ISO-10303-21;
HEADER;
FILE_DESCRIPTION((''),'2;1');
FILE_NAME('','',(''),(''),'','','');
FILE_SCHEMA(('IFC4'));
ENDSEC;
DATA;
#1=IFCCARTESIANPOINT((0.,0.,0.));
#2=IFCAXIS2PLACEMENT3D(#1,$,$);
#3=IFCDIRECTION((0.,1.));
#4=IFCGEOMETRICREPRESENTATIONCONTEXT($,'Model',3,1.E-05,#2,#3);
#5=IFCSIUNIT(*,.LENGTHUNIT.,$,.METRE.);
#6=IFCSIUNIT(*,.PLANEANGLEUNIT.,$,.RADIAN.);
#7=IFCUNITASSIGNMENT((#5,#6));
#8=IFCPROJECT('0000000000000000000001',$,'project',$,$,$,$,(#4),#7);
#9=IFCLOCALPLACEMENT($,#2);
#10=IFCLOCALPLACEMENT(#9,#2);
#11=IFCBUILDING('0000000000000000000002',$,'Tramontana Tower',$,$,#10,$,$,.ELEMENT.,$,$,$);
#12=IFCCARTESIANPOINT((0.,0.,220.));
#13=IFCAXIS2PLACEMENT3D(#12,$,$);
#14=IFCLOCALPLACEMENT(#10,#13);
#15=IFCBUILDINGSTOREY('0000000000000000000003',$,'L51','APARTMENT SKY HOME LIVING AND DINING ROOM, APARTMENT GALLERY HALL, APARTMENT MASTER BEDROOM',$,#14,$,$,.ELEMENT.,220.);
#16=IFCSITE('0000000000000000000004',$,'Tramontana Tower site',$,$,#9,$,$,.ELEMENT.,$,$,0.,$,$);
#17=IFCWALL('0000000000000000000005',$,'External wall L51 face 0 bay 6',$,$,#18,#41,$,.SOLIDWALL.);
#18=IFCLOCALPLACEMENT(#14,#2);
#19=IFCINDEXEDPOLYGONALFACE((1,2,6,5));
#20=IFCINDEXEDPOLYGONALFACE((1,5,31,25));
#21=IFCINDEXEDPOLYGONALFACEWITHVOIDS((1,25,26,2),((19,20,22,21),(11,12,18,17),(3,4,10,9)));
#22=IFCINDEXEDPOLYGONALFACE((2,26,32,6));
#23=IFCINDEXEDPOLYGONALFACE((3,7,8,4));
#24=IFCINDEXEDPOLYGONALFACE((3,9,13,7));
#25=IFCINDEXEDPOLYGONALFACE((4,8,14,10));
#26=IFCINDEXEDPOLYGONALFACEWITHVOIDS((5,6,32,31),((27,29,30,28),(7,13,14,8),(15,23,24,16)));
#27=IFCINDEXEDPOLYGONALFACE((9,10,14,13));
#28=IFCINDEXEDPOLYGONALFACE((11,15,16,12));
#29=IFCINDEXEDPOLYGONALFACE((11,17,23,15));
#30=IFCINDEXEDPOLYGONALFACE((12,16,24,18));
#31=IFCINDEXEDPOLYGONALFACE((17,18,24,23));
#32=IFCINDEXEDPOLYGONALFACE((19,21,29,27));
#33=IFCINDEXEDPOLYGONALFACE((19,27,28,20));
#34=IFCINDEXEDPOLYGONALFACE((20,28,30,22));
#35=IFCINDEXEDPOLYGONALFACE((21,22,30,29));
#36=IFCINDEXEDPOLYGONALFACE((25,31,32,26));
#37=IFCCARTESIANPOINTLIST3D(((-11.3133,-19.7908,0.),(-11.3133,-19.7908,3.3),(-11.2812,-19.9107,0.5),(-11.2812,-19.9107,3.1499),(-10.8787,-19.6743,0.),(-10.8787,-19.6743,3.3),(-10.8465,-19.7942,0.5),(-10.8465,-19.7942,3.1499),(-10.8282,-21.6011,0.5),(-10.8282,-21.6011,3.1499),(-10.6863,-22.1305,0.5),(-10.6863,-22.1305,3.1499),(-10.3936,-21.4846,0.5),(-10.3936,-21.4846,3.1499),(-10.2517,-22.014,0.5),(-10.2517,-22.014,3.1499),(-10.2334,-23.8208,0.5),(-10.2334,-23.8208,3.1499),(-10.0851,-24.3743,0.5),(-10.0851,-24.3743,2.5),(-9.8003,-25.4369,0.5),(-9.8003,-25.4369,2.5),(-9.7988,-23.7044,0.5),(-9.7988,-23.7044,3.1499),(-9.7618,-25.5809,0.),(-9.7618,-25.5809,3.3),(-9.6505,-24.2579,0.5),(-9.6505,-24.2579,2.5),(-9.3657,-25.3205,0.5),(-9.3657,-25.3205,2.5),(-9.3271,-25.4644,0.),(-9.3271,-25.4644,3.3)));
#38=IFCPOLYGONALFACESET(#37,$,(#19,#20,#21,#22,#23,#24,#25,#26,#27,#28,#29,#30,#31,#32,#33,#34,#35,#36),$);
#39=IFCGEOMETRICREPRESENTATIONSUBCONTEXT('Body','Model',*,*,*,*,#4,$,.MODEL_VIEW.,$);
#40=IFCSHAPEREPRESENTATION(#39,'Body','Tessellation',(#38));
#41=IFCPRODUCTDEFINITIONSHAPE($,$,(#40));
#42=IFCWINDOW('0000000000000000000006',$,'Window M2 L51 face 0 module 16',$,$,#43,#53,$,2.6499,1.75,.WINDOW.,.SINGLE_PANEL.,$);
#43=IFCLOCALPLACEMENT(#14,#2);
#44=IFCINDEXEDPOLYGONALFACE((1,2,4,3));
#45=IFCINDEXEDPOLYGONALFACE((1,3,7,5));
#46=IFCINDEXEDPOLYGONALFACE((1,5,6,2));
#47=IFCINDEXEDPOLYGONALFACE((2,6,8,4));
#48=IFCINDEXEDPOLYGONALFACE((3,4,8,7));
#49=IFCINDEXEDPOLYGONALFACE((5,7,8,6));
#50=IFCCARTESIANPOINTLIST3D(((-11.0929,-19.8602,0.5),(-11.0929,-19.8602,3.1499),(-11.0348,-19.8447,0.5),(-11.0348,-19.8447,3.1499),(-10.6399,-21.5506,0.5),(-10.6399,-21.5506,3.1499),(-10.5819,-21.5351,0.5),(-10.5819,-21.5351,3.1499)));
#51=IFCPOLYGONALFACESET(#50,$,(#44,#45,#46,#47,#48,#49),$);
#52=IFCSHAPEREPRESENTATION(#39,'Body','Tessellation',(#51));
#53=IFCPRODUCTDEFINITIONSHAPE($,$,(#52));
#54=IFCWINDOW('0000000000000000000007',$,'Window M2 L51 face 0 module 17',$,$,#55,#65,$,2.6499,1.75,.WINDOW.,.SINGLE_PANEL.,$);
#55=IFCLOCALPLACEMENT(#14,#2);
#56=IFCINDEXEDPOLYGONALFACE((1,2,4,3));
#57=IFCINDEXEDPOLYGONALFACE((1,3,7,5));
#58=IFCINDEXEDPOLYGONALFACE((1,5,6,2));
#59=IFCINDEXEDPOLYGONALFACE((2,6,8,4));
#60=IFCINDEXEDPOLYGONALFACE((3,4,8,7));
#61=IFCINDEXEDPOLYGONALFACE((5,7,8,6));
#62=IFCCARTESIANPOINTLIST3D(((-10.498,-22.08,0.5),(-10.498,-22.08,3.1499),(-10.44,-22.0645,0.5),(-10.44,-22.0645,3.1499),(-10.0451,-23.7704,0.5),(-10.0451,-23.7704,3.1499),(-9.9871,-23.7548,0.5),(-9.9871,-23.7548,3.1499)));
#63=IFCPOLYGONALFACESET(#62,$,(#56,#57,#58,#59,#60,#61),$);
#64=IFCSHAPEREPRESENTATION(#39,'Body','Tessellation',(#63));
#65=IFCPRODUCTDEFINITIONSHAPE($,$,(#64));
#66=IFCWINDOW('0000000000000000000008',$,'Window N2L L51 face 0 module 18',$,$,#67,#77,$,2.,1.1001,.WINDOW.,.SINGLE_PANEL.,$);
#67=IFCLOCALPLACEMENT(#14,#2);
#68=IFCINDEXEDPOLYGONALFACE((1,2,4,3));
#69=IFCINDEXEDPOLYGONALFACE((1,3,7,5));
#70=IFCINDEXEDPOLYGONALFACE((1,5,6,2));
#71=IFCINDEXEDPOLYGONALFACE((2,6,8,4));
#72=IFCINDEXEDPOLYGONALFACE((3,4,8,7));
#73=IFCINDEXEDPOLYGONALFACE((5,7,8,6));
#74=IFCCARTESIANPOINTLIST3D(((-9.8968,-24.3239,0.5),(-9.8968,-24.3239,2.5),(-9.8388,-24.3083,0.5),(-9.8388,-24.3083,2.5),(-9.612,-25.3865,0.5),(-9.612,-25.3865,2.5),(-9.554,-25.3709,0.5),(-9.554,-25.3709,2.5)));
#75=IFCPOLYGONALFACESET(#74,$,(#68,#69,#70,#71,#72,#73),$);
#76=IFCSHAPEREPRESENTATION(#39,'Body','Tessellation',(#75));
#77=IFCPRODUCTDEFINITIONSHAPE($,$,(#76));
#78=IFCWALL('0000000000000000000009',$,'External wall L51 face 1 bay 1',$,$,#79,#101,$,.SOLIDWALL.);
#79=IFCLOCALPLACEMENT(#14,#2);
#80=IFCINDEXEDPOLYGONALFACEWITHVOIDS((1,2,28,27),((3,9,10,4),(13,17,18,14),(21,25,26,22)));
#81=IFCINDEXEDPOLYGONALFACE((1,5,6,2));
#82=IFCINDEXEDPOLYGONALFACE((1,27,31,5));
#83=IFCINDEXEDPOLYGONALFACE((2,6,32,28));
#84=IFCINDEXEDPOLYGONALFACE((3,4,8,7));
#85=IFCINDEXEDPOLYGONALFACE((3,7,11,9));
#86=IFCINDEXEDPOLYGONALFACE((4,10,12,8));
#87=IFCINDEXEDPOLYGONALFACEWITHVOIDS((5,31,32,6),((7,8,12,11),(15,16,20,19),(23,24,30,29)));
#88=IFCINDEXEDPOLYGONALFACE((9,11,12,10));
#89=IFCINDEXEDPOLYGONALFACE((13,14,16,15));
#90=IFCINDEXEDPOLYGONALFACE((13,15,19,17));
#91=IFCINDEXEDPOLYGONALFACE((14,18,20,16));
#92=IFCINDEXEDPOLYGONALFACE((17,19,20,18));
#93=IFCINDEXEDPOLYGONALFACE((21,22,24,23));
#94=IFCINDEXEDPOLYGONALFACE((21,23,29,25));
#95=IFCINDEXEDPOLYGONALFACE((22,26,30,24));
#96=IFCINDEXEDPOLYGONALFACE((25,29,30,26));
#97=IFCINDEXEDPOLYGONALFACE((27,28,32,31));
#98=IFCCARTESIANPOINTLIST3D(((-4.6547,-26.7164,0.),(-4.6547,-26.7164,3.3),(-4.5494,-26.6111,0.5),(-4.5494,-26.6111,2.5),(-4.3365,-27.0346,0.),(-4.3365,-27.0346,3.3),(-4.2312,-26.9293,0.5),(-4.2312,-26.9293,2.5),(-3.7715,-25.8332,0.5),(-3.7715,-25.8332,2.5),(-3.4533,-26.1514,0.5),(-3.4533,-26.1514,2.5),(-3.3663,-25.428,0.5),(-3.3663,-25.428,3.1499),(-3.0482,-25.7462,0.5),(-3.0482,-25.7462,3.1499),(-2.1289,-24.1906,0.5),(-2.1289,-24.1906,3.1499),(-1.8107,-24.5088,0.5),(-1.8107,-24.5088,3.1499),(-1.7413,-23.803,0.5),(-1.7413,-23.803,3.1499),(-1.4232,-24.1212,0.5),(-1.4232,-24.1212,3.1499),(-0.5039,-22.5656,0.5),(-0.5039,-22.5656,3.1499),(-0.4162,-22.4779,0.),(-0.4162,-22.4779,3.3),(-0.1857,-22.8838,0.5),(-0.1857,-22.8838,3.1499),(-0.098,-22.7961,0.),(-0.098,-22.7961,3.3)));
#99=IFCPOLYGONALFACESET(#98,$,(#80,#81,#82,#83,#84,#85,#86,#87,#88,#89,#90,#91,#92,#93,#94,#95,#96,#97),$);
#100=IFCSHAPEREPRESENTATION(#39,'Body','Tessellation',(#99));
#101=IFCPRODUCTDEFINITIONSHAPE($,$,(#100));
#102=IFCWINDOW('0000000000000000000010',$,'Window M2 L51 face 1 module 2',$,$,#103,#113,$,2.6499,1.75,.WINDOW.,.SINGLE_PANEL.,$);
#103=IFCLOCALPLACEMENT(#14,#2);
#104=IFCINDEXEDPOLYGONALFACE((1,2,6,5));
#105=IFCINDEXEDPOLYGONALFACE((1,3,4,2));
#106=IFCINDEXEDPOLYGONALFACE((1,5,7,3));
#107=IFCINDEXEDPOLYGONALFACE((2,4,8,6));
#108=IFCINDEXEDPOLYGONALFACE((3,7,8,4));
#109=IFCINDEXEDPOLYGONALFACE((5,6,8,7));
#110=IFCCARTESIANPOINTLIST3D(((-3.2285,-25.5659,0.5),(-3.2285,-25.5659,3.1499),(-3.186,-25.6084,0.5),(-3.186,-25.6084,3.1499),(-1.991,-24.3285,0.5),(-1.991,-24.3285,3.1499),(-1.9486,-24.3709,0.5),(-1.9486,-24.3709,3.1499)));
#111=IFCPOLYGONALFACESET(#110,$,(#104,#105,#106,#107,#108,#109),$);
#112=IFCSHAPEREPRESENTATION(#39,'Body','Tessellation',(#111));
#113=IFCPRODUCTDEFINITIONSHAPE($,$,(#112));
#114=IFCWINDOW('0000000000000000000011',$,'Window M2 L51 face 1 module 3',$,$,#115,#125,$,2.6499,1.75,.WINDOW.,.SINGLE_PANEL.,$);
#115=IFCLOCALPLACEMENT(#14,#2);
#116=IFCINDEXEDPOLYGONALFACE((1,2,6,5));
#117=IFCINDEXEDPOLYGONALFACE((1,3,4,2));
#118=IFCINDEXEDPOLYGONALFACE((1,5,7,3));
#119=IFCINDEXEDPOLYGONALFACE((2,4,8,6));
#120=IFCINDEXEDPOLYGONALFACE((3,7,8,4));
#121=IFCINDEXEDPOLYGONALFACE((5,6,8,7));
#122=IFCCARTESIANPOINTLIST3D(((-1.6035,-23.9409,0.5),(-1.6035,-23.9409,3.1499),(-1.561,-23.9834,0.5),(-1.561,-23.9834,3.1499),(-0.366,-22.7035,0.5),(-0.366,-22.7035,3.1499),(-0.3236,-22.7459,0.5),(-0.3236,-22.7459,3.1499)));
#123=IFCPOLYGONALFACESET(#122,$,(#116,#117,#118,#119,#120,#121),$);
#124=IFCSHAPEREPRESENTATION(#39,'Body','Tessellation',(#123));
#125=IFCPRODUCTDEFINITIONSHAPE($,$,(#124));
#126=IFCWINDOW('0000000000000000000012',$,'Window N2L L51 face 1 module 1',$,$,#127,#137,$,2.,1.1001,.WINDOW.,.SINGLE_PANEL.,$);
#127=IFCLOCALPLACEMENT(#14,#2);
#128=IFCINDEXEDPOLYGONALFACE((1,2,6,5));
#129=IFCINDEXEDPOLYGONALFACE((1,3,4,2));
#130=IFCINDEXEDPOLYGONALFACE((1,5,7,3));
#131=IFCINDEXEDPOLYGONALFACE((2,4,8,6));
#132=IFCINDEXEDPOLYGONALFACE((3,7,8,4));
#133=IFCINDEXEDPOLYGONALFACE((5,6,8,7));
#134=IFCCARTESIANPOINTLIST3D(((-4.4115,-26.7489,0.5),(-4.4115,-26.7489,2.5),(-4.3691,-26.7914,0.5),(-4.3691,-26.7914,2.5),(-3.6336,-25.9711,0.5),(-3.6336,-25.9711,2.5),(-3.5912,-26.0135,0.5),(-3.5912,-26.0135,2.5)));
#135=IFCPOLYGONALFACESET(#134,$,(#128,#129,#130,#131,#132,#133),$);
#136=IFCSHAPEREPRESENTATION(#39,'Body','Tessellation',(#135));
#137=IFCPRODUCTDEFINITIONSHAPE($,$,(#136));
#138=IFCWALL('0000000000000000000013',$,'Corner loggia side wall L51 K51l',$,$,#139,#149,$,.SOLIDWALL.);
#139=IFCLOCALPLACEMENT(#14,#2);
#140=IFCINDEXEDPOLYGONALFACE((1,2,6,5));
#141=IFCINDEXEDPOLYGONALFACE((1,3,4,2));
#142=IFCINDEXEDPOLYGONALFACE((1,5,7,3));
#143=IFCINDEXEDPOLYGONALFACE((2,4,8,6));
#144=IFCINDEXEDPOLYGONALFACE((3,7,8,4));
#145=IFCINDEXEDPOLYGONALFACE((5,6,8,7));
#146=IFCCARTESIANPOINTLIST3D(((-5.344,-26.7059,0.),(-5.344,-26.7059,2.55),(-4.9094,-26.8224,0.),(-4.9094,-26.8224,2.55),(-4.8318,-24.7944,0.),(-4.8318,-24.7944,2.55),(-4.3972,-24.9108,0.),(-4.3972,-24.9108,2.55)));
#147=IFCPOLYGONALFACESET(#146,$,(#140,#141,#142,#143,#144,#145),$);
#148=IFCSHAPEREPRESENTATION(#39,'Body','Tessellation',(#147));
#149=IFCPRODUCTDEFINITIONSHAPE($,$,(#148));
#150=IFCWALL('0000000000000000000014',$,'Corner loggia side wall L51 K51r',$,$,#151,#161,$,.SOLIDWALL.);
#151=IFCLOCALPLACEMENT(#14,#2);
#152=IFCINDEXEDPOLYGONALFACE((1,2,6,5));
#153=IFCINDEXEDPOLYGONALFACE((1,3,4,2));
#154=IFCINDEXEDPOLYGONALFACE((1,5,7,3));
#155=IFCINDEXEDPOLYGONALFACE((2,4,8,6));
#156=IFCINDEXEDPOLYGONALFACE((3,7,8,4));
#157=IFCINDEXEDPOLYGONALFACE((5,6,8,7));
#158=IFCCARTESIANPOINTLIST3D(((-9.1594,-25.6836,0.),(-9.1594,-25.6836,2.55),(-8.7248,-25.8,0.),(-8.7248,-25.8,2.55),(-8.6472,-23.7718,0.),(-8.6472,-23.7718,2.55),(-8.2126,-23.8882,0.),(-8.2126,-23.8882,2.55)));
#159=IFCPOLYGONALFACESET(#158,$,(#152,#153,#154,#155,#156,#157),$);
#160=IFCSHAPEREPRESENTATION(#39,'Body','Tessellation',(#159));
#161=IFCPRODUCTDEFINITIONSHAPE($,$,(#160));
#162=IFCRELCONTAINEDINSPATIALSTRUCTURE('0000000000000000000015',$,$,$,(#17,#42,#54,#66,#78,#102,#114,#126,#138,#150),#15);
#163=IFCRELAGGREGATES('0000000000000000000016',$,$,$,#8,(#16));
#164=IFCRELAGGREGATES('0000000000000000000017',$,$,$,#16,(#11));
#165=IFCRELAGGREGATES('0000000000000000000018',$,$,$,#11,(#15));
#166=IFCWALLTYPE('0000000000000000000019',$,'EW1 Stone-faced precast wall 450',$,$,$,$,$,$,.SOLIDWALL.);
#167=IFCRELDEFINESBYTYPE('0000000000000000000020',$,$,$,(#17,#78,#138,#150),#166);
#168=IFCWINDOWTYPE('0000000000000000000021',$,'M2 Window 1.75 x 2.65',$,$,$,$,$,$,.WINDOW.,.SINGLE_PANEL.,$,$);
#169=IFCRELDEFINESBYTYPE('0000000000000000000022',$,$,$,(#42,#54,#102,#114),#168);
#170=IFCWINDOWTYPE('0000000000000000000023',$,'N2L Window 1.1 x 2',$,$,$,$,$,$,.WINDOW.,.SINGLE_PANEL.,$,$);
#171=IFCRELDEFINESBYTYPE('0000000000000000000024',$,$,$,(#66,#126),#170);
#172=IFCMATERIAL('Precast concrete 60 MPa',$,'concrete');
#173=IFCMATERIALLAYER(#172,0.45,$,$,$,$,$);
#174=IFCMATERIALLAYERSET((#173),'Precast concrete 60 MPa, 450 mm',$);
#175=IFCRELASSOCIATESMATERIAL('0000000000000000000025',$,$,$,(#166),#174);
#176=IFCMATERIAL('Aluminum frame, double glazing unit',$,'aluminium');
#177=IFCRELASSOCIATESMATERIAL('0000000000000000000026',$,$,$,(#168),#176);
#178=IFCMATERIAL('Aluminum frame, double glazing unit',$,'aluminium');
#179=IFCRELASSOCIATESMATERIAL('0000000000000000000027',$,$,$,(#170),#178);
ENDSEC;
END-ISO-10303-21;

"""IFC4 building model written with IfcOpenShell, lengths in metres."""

from ifc_helpers import new_model, si_unit, direction, frame, frame_2d, origin, place, context, subcontext, project, spatial, rectangle, extrude, material, layer, layer_set, type_object, element, fill, save


model = new_model("IFC4")

# Units and contexts
model_context = context("Model", 3, precision=1e-05, world=origin(), true_north=direction((0.0, 1.0)))
body_context = subcontext(model_context, "Body", "Model", "MODEL_VIEW")
ifc_project = project(units=[si_unit("LENGTHUNIT", "METRE"), si_unit("PLANEANGLEUNIT", "RADIAN")], contexts=[model_context])

# Site, building, storey
site_placement = place(None, origin())
site = spatial("IfcSite", under=ifc_project, at=site_placement, Name="Tramontana Tower site", CompositionType="ELEMENT", RefElevation=0.0)
building_placement = place(site_placement, origin())
building = spatial("IfcBuilding", under=site, at=building_placement, Name="Tramontana Tower", CompositionType="ELEMENT")
storey_placement = place(building_placement, frame((0.0, 0.0, 220.0)))
storey = spatial("IfcBuildingStorey", under=building, at=storey_placement, Name="L51", Description="APARTMENT SKY HOME LIVING AND DINING ROOM, APARTMENT GALLERY HALL, APARTMENT MASTER BEDROOM", CompositionType="ELEMENT", Elevation=220.0)

# Walls, openings, windows
ifc_material_1 = material(Name="Precast concrete 60 MPa", Category="concrete")
ifc_layer_1 = layer(ifc_material_1, 0.45)
ifc_layer_set_1 = layer_set([ifc_layer_1], Name="Precast concrete 60 MPa, 450 mm")
wall_type_1 = type_object("IfcWallType", Name="EW1 Stone-faced precast wall 450", PredefinedType="SOLIDWALL", material=ifc_layer_set_1)
wall_1_placement = place(storey_placement, frame((-11.0959, -19.7327, 0.0), z_axis=(0.0, 0.0, 1.0), x_axis=(0.258831, -0.965923, 0.0)))
wall_1 = element("IfcWall", 1, at=wall_1_placement, inside=storey, type_object=wall_type_1, Name="External wall L51 face 0 bay 6", PredefinedType="SOLIDWALL", context=body_context, shape_type="SweptSolid", body=[
    extrude(rectangle(XDim=5.9944, YDim=0.45, at=frame_2d((2.9971, 0.0))), origin(), (0.0, 0.0, 1.0), 3.3),
])
opening_1_placement = place(wall_1_placement, frame((0.124, 0.0, 0.5)))
opening_1 = element("IfcOpeningElement", 2, at=opening_1_placement, cuts=wall_1, PredefinedType="OPENING", context=body_context, shape_type="SweptSolid", body=[
    extrude(rectangle(XDim=1.75, YDim=2.6499, at=frame_2d((0.875, 1.325))), frame((0.0, 0.2349, 0.0), z_axis=(0.0, -1.0, 0.0), x_axis=(1.0, 0.0, 0.0)), (0.0, 0.0, 1.0), 0.47),
])
opening_2_placement = place(wall_1_placement, frame((2.4221, 0.0, 0.5)))
opening_2 = element("IfcOpeningElement", 3, at=opening_2_placement, cuts=wall_1, PredefinedType="OPENING", context=body_context, shape_type="SweptSolid", body=[
    extrude(rectangle(XDim=1.75, YDim=2.6499, at=frame_2d((0.875, 1.325))), frame((0.0, 0.2349, 0.0), z_axis=(0.0, -1.0, 0.0), x_axis=(1.0, 0.0, 0.0)), (0.0, 0.0, 1.0), 0.47),
])
opening_3_placement = place(wall_1_placement, frame((4.7451, 0.0, 0.5)))
opening_3 = element("IfcOpeningElement", 4, at=opening_3_placement, cuts=wall_1, PredefinedType="OPENING", context=body_context, shape_type="SweptSolid", body=[
    extrude(rectangle(XDim=1.1001, YDim=2.0, at=frame_2d((0.55, 1.0))), frame((0.0, 0.2349, 0.0), z_axis=(0.0, -1.0, 0.0), x_axis=(1.0, 0.0, 0.0)), (0.0, 0.0, 1.0), 0.47),
])
ifc_material_2 = material(Name="Aluminum frame, double glazing unit", Category="aluminium")
window_type_1 = type_object("IfcWindowType", Name="M2 Window 1.75 x 2.65", PartitioningType="SINGLE_PANEL", PredefinedType="WINDOW", material=ifc_material_2)
window_1_placement = place(opening_1_placement, origin())
window_1 = element("IfcWindow", 5, at=window_1_placement, inside=storey, type_object=window_type_1, Name="Window M2 L51 face 0 module 16", OverallHeight=2.6499, OverallWidth=1.75, PartitioningType="SINGLE_PANEL", PredefinedType="WINDOW", context=body_context, shape_type="SweptSolid", body=[
    extrude(rectangle(XDim=1.75, YDim=2.6499, at=frame_2d((0.875, 1.325))), frame((0.0, 0.03, 0.0), z_axis=(0.0, -1.0, 0.0), x_axis=(1.0, 0.0, 0.0)), (0.0, 0.0, 1.0), 0.0601),
])
fill(opening_1, window_1)
window_2_placement = place(opening_2_placement, origin())
window_2 = element("IfcWindow", 6, at=window_2_placement, inside=storey, type_object=window_type_1, Name="Window M2 L51 face 0 module 17", OverallHeight=2.6499, OverallWidth=1.75, PartitioningType="SINGLE_PANEL", PredefinedType="WINDOW", context=body_context, shape_type="SweptSolid", body=[
    extrude(rectangle(XDim=1.75, YDim=2.6499, at=frame_2d((0.875, 1.325))), frame((0.0, 0.03, 0.0), z_axis=(0.0, -1.0, 0.0), x_axis=(1.0, 0.0, 0.0)), (0.0, 0.0, 1.0), 0.0601),
])
fill(opening_2, window_2)
ifc_material_3 = material(Name="Aluminum frame, double glazing unit", Category="aluminium")
window_type_2 = type_object("IfcWindowType", Name="N2L Window 1.1 x 2", PartitioningType="SINGLE_PANEL", PredefinedType="WINDOW", material=ifc_material_3)
window_3_placement = place(opening_3_placement, origin())
window_3 = element("IfcWindow", 7, at=window_3_placement, inside=storey, type_object=window_type_2, Name="Window N2L L51 face 0 module 18", OverallHeight=2.0, OverallWidth=1.1001, PartitioningType="SINGLE_PANEL", PredefinedType="WINDOW", context=body_context, shape_type="SweptSolid", body=[
    extrude(rectangle(XDim=1.1001, YDim=2.0, at=frame_2d((0.55, 1.0))), frame((0.0, 0.03, 0.0), z_axis=(0.0, -1.0, 0.0), x_axis=(1.0, 0.0, 0.0)), (0.0, 0.0, 1.0), 0.0601),
])
fill(opening_3, window_3)
wall_2_placement = place(storey_placement, frame((-4.4956, -26.8755, 0.0), z_axis=(0.0, 0.0, 1.0), x_axis=(0.707107, 0.707107, 0.0)))
wall_2 = element("IfcWall", 8, at=wall_2_placement, inside=storey, type_object=wall_type_1, Name="External wall L51 face 1 bay 1", PredefinedType="SOLIDWALL", context=body_context, shape_type="SweptSolid", body=[
    extrude(rectangle(XDim=5.9941, YDim=0.45, at=frame_2d((2.9971, 0.0))), origin(), (0.0, 0.0, 1.0), 3.3),
])
opening_4_placement = place(wall_2_placement, frame((0.1489, 0.0, 0.5)))
opening_4 = element("IfcOpeningElement", 9, at=opening_4_placement, cuts=wall_2, PredefinedType="OPENING", context=body_context, shape_type="SweptSolid", body=[
    extrude(rectangle(XDim=1.1001, YDim=2.0, at=frame_2d((0.55, 1.0))), frame((0.0, 0.2349, 0.0), z_axis=(0.0, -1.0, 0.0), x_axis=(1.0, 0.0, 0.0)), (0.0, 0.0, 1.0), 0.47),
])
opening_5_placement = place(wall_2_placement, frame((1.822, 0.0, 0.5)))
opening_5 = element("IfcOpeningElement", 10, at=opening_5_placement, cuts=wall_2, PredefinedType="OPENING", context=body_context, shape_type="SweptSolid", body=[
    extrude(rectangle(XDim=1.75, YDim=2.6499, at=frame_2d((0.875, 1.325))), frame((0.0, 0.2349, 0.0), z_axis=(0.0, -1.0, 0.0), x_axis=(1.0, 0.0, 0.0)), (0.0, 0.0, 1.0), 0.47),
])
opening_6_placement = place(wall_2_placement, frame((4.1201, 0.0, 0.5)))
opening_6 = element("IfcOpeningElement", 11, at=opening_6_placement, cuts=wall_2, PredefinedType="OPENING", context=body_context, shape_type="SweptSolid", body=[
    extrude(rectangle(XDim=1.75, YDim=2.6499, at=frame_2d((0.875, 1.325))), frame((0.0, 0.2349, 0.0), z_axis=(0.0, -1.0, 0.0), x_axis=(1.0, 0.0, 0.0)), (0.0, 0.0, 1.0), 0.47),
])
window_4_placement = place(opening_5_placement, origin())
window_4 = element("IfcWindow", 12, at=window_4_placement, inside=storey, type_object=window_type_1, Name="Window M2 L51 face 1 module 2", OverallHeight=2.6499, OverallWidth=1.75, PartitioningType="SINGLE_PANEL", PredefinedType="WINDOW", context=body_context, shape_type="SweptSolid", body=[
    extrude(rectangle(XDim=1.75, YDim=2.6499, at=frame_2d((0.875, 1.325))), frame((0.0, 0.03, 0.0), z_axis=(0.0, -1.0, 0.0), x_axis=(1.0, 0.0, 0.0)), (0.0, 0.0, 1.0), 0.0601),
])
fill(opening_5, window_4)
window_5_placement = place(opening_6_placement, origin())
window_5 = element("IfcWindow", 13, at=window_5_placement, inside=storey, type_object=window_type_1, Name="Window M2 L51 face 1 module 3", OverallHeight=2.6499, OverallWidth=1.75, PartitioningType="SINGLE_PANEL", PredefinedType="WINDOW", context=body_context, shape_type="SweptSolid", body=[
    extrude(rectangle(XDim=1.75, YDim=2.6499, at=frame_2d((0.875, 1.325))), frame((0.0, 0.03, 0.0), z_axis=(0.0, -1.0, 0.0), x_axis=(1.0, 0.0, 0.0)), (0.0, 0.0, 1.0), 0.0601),
])
fill(opening_6, window_5)
window_6_placement = place(opening_4_placement, origin())
window_6 = element("IfcWindow", 14, at=window_6_placement, inside=storey, type_object=window_type_2, Name="Window N2L L51 face 1 module 1", OverallHeight=2.0, OverallWidth=1.1001, PartitioningType="SINGLE_PANEL", PredefinedType="WINDOW", context=body_context, shape_type="SweptSolid", body=[
    extrude(rectangle(XDim=1.1001, YDim=2.0, at=frame_2d((0.55, 1.0))), frame((0.0, 0.03, 0.0), z_axis=(0.0, -1.0, 0.0), x_axis=(1.0, 0.0, 0.0)), (0.0, 0.0, 1.0), 0.0601),
])
fill(opening_4, window_6)

# Walls
wall_3_placement = place(storey_placement, frame((-5.1267, -26.7642, 0.0), z_axis=(0.0, 0.0, 1.0), x_axis=(0.258814, 0.965927, 0.0)))
element("IfcWall", 15, at=wall_3_placement, inside=storey, type_object=wall_type_1, Name="Corner loggia side wall L51 K51l", PredefinedType="SOLIDWALL", context=body_context, shape_type="SweptSolid", body=[
    extrude(rectangle(XDim=1.979, YDim=0.45, at=frame_2d((0.9895, 0.0))), origin(), (0.0, 0.0, 1.0), 2.55),
])
wall_4_placement = place(storey_placement, frame((-8.9421, -25.7419, 0.0), z_axis=(0.0, 0.0, 1.0), x_axis=(0.258783, 0.965935, 0.0)))
element("IfcWall", 16, at=wall_4_placement, inside=storey, type_object=wall_type_1, Name="Corner loggia side wall L51 K51r", PredefinedType="SOLIDWALL", context=body_context, shape_type="SweptSolid", body=[
    extrude(rectangle(XDim=1.9792, YDim=0.45, at=frame_2d((0.9897, 0.0))), origin(), (0.0, 0.0, 1.0), 2.55),
])

save(model, "model.ifc")
